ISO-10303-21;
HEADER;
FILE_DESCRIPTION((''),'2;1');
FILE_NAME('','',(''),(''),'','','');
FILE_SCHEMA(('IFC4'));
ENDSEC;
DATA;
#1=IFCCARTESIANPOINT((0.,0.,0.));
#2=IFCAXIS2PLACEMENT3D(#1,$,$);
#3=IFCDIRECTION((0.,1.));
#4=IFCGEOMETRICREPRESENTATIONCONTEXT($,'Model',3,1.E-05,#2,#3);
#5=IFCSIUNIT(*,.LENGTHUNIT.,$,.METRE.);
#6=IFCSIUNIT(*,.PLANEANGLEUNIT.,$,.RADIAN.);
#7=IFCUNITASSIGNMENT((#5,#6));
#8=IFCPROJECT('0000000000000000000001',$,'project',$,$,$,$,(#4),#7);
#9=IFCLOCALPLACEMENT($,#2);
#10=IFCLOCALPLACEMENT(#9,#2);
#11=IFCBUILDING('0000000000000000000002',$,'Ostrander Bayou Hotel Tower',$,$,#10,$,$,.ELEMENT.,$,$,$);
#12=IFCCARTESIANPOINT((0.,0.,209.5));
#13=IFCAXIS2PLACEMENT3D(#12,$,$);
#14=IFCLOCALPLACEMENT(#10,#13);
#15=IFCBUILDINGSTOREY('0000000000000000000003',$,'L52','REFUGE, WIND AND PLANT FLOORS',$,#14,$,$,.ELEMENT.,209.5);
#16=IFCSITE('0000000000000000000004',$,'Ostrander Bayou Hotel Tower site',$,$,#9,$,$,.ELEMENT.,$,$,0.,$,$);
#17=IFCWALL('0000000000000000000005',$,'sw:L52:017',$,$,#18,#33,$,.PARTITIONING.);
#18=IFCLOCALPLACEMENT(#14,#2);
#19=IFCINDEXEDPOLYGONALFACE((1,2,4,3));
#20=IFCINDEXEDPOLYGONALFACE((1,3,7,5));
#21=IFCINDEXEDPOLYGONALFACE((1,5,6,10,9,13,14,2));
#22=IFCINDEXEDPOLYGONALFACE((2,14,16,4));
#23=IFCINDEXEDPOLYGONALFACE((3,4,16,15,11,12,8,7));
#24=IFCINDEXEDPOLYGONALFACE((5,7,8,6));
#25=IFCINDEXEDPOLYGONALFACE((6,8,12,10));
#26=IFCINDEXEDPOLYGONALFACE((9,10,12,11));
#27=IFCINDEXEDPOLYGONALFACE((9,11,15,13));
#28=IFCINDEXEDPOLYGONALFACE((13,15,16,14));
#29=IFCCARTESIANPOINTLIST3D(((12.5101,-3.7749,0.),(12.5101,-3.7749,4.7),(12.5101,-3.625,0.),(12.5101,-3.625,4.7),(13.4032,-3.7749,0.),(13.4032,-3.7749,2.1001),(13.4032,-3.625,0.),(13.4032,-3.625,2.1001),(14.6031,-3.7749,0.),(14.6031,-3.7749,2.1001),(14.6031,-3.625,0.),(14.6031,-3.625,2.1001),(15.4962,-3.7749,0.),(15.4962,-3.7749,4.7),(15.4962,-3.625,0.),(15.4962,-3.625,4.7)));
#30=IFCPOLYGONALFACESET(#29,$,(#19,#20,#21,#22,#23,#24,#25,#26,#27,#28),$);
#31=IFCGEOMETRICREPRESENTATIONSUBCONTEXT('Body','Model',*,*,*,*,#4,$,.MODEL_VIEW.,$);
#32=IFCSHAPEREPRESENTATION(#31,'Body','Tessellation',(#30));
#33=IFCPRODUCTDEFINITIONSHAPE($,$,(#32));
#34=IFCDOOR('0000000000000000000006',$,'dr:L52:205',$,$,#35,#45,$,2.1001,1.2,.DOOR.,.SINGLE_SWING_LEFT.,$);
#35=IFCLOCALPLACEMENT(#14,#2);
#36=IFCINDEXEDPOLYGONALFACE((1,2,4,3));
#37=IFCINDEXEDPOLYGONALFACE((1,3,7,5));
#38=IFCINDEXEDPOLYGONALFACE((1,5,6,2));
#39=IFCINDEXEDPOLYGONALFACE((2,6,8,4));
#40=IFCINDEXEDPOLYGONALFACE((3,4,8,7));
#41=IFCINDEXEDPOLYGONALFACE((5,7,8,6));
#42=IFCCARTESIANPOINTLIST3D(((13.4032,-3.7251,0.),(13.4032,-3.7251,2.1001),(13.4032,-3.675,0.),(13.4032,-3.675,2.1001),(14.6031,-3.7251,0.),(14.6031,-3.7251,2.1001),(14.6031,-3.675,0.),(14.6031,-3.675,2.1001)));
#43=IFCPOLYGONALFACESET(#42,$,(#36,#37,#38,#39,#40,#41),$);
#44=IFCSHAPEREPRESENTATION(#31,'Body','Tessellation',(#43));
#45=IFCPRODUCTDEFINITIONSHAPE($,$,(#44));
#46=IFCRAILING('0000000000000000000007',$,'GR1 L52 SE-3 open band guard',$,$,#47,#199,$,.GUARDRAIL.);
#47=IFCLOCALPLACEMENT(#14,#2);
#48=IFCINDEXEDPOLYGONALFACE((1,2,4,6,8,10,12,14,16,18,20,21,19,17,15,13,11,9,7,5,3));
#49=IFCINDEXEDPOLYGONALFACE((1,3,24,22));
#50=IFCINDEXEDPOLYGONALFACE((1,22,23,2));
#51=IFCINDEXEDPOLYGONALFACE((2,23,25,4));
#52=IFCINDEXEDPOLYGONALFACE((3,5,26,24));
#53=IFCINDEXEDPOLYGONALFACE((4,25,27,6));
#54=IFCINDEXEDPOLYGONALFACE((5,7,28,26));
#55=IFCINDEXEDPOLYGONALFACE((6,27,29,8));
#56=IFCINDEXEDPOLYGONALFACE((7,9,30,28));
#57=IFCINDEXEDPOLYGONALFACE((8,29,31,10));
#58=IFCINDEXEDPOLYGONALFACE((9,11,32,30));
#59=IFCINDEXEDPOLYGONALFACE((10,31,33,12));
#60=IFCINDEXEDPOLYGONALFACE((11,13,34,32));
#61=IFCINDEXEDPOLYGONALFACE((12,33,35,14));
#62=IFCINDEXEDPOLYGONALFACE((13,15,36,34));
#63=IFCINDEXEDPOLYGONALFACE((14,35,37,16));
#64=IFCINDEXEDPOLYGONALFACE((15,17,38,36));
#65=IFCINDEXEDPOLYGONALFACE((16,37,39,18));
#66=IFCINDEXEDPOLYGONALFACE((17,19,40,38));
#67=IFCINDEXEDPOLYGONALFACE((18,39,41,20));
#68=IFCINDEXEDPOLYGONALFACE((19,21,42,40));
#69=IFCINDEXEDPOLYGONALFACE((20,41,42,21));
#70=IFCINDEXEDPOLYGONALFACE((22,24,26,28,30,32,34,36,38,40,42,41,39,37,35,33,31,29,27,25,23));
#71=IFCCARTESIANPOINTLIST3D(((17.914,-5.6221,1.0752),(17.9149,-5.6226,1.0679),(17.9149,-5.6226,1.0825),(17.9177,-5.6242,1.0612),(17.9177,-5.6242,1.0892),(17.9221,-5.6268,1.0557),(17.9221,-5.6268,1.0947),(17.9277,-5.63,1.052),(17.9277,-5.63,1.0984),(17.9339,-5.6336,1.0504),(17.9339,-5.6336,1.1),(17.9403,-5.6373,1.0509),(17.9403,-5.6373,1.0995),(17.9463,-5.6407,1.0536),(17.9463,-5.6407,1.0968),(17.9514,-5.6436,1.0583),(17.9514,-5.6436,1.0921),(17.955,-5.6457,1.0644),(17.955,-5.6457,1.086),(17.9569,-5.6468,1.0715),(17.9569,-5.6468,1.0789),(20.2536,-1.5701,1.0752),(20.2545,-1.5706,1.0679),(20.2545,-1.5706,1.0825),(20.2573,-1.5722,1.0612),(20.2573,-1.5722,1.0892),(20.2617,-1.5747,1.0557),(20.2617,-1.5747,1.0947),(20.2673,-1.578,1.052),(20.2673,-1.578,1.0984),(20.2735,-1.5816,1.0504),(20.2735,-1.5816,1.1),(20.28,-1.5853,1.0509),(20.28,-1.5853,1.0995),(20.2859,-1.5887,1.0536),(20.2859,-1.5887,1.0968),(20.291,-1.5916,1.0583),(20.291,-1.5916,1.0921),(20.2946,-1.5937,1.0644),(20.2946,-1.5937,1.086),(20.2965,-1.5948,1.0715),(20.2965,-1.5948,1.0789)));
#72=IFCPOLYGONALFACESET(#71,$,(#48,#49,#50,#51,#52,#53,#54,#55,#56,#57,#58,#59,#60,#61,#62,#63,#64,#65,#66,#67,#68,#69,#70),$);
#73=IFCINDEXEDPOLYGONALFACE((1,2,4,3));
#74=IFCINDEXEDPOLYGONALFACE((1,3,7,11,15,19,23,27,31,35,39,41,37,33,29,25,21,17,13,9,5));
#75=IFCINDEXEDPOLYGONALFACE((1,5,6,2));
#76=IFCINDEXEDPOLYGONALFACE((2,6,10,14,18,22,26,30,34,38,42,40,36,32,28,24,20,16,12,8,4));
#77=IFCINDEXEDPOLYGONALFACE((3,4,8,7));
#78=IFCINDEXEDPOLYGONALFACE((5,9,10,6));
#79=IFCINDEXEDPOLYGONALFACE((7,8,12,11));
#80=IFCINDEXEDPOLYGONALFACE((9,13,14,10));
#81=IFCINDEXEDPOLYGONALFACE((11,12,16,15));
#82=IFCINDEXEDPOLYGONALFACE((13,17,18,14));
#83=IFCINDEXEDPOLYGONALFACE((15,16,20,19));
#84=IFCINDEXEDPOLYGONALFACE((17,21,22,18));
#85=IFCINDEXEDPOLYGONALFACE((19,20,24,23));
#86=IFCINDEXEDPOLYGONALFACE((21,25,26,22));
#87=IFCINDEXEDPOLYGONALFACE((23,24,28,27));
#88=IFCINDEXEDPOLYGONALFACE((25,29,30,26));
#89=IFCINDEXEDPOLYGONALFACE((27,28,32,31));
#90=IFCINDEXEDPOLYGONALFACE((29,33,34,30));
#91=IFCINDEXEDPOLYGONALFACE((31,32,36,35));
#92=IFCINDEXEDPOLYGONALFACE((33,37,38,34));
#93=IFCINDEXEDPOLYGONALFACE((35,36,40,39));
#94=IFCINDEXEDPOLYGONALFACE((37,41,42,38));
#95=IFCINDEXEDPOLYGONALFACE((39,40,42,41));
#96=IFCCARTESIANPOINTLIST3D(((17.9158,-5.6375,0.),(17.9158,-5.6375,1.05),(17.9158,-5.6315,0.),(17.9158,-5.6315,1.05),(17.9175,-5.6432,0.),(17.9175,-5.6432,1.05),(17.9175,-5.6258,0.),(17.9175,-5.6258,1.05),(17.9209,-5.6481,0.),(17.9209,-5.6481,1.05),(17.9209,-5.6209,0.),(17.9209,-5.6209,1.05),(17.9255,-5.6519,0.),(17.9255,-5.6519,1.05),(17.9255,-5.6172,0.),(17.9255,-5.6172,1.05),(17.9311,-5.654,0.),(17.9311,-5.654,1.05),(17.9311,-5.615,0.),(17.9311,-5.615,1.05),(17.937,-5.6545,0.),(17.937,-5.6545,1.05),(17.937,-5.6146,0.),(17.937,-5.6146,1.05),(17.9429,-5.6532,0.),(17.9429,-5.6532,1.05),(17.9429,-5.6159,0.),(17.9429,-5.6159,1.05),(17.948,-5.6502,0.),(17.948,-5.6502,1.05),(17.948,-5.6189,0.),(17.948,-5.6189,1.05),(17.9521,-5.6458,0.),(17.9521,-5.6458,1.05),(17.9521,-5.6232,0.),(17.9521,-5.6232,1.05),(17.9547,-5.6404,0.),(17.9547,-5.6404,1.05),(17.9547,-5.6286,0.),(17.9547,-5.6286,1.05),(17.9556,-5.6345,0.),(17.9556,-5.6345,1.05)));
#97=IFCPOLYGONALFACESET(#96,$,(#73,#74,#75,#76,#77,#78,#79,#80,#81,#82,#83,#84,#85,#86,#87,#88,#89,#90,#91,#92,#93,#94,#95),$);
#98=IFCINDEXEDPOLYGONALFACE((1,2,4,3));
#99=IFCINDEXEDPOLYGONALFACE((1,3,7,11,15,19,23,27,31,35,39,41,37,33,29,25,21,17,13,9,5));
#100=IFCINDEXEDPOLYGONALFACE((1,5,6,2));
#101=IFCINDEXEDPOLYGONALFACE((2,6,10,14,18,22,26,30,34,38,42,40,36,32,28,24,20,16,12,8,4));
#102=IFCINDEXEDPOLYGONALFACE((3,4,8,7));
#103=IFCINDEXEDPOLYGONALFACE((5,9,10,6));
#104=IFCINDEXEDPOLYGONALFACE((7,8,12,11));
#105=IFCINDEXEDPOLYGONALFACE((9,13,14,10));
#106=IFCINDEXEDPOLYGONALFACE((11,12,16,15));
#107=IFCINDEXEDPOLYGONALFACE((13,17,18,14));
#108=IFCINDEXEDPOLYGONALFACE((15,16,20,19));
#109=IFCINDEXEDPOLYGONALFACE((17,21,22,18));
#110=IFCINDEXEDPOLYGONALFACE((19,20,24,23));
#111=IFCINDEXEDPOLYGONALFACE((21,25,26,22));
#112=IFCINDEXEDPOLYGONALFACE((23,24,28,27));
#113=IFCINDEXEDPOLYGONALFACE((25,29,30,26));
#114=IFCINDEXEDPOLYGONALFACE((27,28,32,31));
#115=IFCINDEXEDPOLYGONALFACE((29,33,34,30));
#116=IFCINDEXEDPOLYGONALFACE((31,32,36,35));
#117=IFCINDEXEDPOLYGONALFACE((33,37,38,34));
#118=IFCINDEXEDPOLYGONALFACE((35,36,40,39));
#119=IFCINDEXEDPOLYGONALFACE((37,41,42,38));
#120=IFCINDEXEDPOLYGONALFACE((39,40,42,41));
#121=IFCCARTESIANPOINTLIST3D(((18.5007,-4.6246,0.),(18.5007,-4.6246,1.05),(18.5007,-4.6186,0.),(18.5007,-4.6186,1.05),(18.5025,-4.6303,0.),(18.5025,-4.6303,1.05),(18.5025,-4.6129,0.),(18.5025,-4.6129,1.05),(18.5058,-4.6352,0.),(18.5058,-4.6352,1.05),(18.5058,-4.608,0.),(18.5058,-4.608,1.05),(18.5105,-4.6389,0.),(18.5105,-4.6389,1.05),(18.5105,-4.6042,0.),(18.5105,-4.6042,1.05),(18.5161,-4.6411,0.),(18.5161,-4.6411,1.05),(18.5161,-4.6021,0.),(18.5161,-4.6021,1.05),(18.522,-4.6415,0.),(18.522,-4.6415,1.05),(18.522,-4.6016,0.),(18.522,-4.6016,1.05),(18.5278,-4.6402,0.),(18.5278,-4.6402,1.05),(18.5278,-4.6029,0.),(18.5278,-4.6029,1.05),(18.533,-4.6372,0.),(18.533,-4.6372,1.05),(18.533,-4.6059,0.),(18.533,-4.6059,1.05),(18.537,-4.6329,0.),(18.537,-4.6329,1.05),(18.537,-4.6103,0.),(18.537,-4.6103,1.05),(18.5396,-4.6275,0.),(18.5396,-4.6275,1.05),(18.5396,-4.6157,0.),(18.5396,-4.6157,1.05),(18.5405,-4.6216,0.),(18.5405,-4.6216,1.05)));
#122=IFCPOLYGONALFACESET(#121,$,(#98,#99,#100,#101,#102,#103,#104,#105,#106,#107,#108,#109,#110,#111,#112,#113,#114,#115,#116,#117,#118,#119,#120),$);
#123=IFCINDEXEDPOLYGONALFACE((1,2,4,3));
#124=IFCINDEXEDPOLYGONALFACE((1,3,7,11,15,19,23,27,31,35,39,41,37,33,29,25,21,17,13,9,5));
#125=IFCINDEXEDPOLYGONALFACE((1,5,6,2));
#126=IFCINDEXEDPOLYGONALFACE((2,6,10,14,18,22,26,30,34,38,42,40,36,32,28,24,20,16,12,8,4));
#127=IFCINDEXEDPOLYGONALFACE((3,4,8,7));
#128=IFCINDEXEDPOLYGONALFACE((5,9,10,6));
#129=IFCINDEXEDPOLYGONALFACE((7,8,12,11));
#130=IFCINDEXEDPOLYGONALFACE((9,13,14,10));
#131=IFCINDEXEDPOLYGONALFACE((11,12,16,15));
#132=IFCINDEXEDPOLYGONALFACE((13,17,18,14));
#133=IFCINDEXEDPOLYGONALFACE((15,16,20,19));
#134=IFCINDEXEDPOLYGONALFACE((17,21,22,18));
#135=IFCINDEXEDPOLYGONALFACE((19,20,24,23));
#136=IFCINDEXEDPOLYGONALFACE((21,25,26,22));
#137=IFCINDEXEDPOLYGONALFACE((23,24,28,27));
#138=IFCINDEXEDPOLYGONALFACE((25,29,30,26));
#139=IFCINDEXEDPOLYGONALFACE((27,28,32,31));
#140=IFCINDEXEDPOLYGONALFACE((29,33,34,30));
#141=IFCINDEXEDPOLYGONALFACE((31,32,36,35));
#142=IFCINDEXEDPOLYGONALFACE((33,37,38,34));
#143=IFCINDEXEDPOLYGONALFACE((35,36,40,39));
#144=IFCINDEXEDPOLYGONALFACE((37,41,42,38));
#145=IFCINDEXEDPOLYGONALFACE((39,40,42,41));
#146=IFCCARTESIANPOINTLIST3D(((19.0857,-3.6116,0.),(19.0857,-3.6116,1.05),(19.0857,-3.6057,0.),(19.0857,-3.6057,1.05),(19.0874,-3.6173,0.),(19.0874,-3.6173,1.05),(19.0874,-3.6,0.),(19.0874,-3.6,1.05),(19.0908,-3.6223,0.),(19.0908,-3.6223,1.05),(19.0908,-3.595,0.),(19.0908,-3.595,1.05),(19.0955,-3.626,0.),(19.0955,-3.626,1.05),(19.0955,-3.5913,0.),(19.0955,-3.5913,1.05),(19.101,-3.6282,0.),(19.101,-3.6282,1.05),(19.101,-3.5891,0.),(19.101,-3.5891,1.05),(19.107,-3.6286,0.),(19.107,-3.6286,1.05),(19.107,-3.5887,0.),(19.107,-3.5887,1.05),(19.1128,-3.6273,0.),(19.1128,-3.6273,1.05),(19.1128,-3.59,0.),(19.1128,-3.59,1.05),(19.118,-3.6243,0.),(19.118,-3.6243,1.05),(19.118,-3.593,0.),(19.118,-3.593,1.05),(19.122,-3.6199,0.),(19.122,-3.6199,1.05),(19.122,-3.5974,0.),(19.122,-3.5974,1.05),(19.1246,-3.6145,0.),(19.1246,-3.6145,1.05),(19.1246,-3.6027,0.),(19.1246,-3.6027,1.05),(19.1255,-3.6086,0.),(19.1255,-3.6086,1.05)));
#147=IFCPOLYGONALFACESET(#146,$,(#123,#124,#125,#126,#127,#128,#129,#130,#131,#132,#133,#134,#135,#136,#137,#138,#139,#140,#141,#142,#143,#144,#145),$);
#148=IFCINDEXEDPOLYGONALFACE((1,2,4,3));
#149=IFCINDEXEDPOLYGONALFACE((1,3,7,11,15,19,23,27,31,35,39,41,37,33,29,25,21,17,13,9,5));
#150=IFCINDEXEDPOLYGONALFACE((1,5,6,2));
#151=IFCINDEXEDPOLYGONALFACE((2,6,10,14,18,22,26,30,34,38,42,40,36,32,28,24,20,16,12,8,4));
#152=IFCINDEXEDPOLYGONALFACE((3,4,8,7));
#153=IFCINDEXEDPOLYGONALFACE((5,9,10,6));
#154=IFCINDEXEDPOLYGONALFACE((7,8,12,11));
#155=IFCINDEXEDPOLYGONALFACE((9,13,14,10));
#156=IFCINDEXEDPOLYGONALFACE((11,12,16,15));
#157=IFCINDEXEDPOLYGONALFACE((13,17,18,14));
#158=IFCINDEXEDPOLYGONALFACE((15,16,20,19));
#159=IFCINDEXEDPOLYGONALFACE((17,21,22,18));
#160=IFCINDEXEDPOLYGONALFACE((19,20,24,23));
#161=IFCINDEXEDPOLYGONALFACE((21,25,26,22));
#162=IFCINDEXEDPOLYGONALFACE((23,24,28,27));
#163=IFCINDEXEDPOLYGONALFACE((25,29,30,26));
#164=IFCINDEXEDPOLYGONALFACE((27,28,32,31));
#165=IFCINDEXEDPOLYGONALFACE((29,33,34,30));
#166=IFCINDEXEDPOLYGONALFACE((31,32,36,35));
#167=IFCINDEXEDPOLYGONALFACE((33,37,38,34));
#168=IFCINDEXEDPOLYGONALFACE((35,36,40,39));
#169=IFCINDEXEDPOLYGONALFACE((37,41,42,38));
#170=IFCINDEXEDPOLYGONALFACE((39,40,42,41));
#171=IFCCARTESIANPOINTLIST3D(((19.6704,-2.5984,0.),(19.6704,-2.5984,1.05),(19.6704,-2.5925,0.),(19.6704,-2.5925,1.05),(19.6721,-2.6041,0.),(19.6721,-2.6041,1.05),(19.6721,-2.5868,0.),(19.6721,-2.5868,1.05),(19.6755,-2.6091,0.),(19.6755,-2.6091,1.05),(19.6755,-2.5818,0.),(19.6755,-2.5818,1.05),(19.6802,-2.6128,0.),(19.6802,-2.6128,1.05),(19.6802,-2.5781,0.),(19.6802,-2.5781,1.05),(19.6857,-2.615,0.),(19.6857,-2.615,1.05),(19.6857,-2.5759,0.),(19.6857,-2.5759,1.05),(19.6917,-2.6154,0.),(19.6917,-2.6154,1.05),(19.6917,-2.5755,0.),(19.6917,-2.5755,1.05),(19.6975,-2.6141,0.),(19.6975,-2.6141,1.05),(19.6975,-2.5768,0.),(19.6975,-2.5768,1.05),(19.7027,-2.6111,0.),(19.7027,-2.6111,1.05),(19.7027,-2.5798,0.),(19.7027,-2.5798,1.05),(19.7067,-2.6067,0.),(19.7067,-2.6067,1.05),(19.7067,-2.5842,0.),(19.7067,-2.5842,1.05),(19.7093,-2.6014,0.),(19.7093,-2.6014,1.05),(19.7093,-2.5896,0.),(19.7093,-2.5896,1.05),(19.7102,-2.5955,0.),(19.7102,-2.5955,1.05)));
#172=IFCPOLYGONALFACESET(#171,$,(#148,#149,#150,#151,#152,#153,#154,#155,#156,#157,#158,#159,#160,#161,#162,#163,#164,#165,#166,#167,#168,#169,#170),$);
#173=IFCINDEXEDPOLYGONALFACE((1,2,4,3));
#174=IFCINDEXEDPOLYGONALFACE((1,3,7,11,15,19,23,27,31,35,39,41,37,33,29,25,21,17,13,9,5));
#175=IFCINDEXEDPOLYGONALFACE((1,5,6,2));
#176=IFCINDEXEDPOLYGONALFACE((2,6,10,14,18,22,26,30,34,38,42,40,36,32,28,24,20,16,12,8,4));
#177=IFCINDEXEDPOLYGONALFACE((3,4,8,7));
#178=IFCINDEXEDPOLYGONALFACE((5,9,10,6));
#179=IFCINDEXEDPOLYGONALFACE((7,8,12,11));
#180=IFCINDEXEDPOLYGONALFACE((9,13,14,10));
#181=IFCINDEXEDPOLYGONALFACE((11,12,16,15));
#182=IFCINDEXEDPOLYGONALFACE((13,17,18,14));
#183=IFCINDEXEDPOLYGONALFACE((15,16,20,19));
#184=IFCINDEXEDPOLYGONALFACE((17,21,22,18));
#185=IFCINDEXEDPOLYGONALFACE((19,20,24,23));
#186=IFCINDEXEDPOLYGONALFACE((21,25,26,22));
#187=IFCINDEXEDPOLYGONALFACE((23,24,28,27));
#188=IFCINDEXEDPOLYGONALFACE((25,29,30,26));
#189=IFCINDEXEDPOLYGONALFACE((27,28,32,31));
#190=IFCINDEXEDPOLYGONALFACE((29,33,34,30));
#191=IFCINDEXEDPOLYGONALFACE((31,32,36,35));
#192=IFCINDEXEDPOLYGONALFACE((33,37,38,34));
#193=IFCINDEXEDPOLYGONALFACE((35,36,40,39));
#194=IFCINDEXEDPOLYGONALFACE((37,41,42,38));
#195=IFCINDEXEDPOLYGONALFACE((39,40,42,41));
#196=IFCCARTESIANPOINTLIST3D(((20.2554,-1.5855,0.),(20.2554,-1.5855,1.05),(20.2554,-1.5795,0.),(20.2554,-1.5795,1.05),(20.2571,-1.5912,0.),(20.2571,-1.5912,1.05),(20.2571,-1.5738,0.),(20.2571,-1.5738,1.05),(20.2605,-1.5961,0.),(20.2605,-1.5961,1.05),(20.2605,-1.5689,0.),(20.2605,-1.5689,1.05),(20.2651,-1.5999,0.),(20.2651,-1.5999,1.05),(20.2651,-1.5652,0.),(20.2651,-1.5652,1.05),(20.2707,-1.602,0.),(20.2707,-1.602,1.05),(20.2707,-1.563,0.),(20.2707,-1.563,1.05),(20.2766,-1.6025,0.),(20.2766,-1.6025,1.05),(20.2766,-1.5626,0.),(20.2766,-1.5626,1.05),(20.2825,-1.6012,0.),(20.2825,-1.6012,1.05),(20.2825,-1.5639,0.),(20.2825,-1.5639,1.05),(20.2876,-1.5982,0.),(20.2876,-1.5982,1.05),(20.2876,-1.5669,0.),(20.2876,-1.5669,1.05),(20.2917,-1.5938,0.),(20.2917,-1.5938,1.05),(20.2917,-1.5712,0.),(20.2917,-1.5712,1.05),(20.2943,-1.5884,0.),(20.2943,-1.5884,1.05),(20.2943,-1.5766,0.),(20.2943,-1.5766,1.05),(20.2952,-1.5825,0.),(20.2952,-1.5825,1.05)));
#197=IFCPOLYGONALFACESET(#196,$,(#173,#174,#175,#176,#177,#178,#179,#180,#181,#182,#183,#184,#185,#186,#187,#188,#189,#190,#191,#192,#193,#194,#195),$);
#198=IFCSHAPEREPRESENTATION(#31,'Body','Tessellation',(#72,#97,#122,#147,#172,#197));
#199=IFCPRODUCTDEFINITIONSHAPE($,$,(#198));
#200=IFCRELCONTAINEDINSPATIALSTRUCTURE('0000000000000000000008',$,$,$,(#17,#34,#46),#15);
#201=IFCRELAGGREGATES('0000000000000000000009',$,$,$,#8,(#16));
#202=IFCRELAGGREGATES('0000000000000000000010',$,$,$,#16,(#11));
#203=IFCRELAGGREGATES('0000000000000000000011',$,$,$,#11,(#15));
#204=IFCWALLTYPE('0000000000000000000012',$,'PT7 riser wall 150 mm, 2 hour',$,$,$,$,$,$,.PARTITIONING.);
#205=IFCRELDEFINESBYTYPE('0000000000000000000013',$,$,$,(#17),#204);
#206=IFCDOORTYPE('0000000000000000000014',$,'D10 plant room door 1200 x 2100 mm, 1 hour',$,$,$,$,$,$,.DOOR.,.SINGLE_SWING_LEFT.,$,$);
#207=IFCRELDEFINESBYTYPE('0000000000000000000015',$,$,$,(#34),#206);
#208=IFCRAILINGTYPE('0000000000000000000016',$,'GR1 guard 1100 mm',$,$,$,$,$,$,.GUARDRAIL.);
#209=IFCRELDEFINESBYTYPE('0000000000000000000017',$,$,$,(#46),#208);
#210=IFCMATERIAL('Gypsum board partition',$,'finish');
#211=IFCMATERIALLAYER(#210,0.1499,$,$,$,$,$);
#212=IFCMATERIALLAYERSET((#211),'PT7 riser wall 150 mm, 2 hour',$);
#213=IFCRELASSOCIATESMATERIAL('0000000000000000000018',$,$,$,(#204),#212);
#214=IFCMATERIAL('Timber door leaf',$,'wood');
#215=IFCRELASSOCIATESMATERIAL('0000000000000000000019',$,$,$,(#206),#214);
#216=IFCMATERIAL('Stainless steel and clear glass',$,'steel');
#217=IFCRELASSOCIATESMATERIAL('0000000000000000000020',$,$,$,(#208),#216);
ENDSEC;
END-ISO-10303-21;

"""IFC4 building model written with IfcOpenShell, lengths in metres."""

from ifc_helpers import new_model, si_unit, direction, frame, frame_2d, origin, origin_2d, place, context, subcontext, project, spatial, rectangle, circle, extrude, material, layer, layer_set, type_object, element, fill, save


model = new_model("IFC4")

# Units and contexts
model_context = context("Model", 3, precision=1e-05, world=origin(), true_north=direction((0.0, 1.0)))
body_context = subcontext(model_context, "Body", "Model", "MODEL_VIEW")
ifc_project = project(units=[si_unit("LENGTHUNIT", "METRE"), si_unit("PLANEANGLEUNIT", "RADIAN")], contexts=[model_context])

# Site, building, storey
site_placement = place(None, origin())
site = spatial("IfcSite", under=ifc_project, at=site_placement, Name="Ostrander Bayou Hotel Tower site", CompositionType="ELEMENT", RefElevation=0.0)
building_placement = place(site_placement, origin())
building = spatial("IfcBuilding", under=site, at=building_placement, Name="Ostrander Bayou Hotel Tower", CompositionType="ELEMENT")
storey_placement = place(building_placement, frame((0.0, 0.0, 209.5)))
storey = spatial("IfcBuildingStorey", under=building, at=storey_placement, Name="L52", Description="REFUGE, WIND AND PLANT FLOORS", CompositionType="ELEMENT", Elevation=209.5)

# Wall, opening, door
ifc_material_1 = material(Name="Gypsum board partition", Category="finish")
ifc_layer_1 = layer(ifc_material_1, 0.1499)
ifc_layer_set_1 = layer_set([ifc_layer_1], Name="PT7 riser wall 150 mm, 2 hour")
wall_type = type_object("IfcWallType", Name="PT7 riser wall 150 mm, 2 hour", PredefinedType="PARTITIONING", material=ifc_layer_set_1)
wall_placement = place(storey_placement, frame((12.51, -3.7, 0.0), z_axis=(0.0, 0.0, 1.0), x_axis=(1.0, 0.0, 0.0)))
wall = element("IfcWall", 1, at=wall_placement, inside=storey, type_object=wall_type, Name="sw:L52:017", PredefinedType="PARTITIONING", context=body_context, shape_type="SweptSolid", body=[
    extrude(rectangle(XDim=2.9861, YDim=0.1499, at=frame_2d((1.4932, 0.0))), origin(), (0.0, 0.0, 1.0), 4.7),
])
opening_placement = place(wall_placement, frame((0.8931, 0.0, 0.0)))
opening = element("IfcOpeningElement", 2, at=opening_placement, cuts=wall, PredefinedType="OPENING", context=body_context, shape_type="SweptSolid", body=[
    extrude(rectangle(XDim=1.2, YDim=2.1001, at=frame_2d((0.6001, 1.05))), frame((0.0, 0.075, 0.0), z_axis=(0.0, -1.0, 0.0), x_axis=(1.0, 0.0, 0.0)), (0.0, 0.0, 1.0), 0.1499),
])
ifc_material_2 = material(Name="Timber door leaf", Category="wood")
door_type = type_object("IfcDoorType", Name="D10 plant room door 1200 x 2100 mm, 1 hour", OperationType="SINGLE_SWING_LEFT", PredefinedType="DOOR", material=ifc_material_2)
door_placement = place(opening_placement, origin())
door = element("IfcDoor", 3, at=door_placement, inside=storey, type_object=door_type, Name="dr:L52:205", OperationType="SINGLE_SWING_LEFT", OverallHeight=2.1001, OverallWidth=1.2, PredefinedType="DOOR", context=body_context, shape_type="SweptSolid", body=[
    extrude(rectangle(XDim=1.2, YDim=2.1001, at=frame_2d((0.6001, 1.05))), frame((0.0, 0.0249, 0.0), z_axis=(0.0, -1.0, 0.0), x_axis=(1.0, 0.0, 0.0)), (0.0, 0.0, 1.0), 0.05),
])
fill(opening, door)

# Railing
ifc_material_3 = material(Name="Stainless steel and clear glass", Category="steel")
railing_type = type_object("IfcRailingType", Name="GR1 guard 1100 mm", PredefinedType="GUARDRAIL", material=ifc_material_3)
railing_1_placement = place(storey_placement, frame((17.9355, -5.6345, 0.0)))
element("IfcRailing", 4, at=railing_1_placement, inside=storey, type_object=railing_type, Name="GR1 L52 SE-3 open band guard", PredefinedType="GUARDRAIL", context=body_context, shape_type="SweptSolid", body=[
    extrude(circle(Radius=0.0249, at=origin_2d()), frame((0.0, 0.0, 1.0752), z_axis=(0.500028, 0.866009, 0.0), x_axis=(-0.866009, 0.500028, 0.0)), (0.0, 0.0, 1.0), 4.679),
    extrude(circle(Radius=0.02, at=origin_2d()), origin(), (0.0, 0.0, 1.0), 1.05),
    extrude(circle(Radius=0.02, at=origin_2d()), frame((0.585, 1.0129, 0.0)), (0.0, 0.0, 1.0), 1.05),
    extrude(circle(Radius=0.02, at=origin_2d()), frame((1.1699, 2.0259, 0.0)), (0.0, 0.0, 1.0), 1.05),
    extrude(circle(Radius=0.02, at=origin_2d()), frame((1.7546, 3.0391, 0.0)), (0.0, 0.0, 1.0), 1.05),
    extrude(circle(Radius=0.02, at=origin_2d()), frame((2.3396, 4.052, 0.0)), (0.0, 0.0, 1.0), 1.05),
])

save(model, "model.ifc")
